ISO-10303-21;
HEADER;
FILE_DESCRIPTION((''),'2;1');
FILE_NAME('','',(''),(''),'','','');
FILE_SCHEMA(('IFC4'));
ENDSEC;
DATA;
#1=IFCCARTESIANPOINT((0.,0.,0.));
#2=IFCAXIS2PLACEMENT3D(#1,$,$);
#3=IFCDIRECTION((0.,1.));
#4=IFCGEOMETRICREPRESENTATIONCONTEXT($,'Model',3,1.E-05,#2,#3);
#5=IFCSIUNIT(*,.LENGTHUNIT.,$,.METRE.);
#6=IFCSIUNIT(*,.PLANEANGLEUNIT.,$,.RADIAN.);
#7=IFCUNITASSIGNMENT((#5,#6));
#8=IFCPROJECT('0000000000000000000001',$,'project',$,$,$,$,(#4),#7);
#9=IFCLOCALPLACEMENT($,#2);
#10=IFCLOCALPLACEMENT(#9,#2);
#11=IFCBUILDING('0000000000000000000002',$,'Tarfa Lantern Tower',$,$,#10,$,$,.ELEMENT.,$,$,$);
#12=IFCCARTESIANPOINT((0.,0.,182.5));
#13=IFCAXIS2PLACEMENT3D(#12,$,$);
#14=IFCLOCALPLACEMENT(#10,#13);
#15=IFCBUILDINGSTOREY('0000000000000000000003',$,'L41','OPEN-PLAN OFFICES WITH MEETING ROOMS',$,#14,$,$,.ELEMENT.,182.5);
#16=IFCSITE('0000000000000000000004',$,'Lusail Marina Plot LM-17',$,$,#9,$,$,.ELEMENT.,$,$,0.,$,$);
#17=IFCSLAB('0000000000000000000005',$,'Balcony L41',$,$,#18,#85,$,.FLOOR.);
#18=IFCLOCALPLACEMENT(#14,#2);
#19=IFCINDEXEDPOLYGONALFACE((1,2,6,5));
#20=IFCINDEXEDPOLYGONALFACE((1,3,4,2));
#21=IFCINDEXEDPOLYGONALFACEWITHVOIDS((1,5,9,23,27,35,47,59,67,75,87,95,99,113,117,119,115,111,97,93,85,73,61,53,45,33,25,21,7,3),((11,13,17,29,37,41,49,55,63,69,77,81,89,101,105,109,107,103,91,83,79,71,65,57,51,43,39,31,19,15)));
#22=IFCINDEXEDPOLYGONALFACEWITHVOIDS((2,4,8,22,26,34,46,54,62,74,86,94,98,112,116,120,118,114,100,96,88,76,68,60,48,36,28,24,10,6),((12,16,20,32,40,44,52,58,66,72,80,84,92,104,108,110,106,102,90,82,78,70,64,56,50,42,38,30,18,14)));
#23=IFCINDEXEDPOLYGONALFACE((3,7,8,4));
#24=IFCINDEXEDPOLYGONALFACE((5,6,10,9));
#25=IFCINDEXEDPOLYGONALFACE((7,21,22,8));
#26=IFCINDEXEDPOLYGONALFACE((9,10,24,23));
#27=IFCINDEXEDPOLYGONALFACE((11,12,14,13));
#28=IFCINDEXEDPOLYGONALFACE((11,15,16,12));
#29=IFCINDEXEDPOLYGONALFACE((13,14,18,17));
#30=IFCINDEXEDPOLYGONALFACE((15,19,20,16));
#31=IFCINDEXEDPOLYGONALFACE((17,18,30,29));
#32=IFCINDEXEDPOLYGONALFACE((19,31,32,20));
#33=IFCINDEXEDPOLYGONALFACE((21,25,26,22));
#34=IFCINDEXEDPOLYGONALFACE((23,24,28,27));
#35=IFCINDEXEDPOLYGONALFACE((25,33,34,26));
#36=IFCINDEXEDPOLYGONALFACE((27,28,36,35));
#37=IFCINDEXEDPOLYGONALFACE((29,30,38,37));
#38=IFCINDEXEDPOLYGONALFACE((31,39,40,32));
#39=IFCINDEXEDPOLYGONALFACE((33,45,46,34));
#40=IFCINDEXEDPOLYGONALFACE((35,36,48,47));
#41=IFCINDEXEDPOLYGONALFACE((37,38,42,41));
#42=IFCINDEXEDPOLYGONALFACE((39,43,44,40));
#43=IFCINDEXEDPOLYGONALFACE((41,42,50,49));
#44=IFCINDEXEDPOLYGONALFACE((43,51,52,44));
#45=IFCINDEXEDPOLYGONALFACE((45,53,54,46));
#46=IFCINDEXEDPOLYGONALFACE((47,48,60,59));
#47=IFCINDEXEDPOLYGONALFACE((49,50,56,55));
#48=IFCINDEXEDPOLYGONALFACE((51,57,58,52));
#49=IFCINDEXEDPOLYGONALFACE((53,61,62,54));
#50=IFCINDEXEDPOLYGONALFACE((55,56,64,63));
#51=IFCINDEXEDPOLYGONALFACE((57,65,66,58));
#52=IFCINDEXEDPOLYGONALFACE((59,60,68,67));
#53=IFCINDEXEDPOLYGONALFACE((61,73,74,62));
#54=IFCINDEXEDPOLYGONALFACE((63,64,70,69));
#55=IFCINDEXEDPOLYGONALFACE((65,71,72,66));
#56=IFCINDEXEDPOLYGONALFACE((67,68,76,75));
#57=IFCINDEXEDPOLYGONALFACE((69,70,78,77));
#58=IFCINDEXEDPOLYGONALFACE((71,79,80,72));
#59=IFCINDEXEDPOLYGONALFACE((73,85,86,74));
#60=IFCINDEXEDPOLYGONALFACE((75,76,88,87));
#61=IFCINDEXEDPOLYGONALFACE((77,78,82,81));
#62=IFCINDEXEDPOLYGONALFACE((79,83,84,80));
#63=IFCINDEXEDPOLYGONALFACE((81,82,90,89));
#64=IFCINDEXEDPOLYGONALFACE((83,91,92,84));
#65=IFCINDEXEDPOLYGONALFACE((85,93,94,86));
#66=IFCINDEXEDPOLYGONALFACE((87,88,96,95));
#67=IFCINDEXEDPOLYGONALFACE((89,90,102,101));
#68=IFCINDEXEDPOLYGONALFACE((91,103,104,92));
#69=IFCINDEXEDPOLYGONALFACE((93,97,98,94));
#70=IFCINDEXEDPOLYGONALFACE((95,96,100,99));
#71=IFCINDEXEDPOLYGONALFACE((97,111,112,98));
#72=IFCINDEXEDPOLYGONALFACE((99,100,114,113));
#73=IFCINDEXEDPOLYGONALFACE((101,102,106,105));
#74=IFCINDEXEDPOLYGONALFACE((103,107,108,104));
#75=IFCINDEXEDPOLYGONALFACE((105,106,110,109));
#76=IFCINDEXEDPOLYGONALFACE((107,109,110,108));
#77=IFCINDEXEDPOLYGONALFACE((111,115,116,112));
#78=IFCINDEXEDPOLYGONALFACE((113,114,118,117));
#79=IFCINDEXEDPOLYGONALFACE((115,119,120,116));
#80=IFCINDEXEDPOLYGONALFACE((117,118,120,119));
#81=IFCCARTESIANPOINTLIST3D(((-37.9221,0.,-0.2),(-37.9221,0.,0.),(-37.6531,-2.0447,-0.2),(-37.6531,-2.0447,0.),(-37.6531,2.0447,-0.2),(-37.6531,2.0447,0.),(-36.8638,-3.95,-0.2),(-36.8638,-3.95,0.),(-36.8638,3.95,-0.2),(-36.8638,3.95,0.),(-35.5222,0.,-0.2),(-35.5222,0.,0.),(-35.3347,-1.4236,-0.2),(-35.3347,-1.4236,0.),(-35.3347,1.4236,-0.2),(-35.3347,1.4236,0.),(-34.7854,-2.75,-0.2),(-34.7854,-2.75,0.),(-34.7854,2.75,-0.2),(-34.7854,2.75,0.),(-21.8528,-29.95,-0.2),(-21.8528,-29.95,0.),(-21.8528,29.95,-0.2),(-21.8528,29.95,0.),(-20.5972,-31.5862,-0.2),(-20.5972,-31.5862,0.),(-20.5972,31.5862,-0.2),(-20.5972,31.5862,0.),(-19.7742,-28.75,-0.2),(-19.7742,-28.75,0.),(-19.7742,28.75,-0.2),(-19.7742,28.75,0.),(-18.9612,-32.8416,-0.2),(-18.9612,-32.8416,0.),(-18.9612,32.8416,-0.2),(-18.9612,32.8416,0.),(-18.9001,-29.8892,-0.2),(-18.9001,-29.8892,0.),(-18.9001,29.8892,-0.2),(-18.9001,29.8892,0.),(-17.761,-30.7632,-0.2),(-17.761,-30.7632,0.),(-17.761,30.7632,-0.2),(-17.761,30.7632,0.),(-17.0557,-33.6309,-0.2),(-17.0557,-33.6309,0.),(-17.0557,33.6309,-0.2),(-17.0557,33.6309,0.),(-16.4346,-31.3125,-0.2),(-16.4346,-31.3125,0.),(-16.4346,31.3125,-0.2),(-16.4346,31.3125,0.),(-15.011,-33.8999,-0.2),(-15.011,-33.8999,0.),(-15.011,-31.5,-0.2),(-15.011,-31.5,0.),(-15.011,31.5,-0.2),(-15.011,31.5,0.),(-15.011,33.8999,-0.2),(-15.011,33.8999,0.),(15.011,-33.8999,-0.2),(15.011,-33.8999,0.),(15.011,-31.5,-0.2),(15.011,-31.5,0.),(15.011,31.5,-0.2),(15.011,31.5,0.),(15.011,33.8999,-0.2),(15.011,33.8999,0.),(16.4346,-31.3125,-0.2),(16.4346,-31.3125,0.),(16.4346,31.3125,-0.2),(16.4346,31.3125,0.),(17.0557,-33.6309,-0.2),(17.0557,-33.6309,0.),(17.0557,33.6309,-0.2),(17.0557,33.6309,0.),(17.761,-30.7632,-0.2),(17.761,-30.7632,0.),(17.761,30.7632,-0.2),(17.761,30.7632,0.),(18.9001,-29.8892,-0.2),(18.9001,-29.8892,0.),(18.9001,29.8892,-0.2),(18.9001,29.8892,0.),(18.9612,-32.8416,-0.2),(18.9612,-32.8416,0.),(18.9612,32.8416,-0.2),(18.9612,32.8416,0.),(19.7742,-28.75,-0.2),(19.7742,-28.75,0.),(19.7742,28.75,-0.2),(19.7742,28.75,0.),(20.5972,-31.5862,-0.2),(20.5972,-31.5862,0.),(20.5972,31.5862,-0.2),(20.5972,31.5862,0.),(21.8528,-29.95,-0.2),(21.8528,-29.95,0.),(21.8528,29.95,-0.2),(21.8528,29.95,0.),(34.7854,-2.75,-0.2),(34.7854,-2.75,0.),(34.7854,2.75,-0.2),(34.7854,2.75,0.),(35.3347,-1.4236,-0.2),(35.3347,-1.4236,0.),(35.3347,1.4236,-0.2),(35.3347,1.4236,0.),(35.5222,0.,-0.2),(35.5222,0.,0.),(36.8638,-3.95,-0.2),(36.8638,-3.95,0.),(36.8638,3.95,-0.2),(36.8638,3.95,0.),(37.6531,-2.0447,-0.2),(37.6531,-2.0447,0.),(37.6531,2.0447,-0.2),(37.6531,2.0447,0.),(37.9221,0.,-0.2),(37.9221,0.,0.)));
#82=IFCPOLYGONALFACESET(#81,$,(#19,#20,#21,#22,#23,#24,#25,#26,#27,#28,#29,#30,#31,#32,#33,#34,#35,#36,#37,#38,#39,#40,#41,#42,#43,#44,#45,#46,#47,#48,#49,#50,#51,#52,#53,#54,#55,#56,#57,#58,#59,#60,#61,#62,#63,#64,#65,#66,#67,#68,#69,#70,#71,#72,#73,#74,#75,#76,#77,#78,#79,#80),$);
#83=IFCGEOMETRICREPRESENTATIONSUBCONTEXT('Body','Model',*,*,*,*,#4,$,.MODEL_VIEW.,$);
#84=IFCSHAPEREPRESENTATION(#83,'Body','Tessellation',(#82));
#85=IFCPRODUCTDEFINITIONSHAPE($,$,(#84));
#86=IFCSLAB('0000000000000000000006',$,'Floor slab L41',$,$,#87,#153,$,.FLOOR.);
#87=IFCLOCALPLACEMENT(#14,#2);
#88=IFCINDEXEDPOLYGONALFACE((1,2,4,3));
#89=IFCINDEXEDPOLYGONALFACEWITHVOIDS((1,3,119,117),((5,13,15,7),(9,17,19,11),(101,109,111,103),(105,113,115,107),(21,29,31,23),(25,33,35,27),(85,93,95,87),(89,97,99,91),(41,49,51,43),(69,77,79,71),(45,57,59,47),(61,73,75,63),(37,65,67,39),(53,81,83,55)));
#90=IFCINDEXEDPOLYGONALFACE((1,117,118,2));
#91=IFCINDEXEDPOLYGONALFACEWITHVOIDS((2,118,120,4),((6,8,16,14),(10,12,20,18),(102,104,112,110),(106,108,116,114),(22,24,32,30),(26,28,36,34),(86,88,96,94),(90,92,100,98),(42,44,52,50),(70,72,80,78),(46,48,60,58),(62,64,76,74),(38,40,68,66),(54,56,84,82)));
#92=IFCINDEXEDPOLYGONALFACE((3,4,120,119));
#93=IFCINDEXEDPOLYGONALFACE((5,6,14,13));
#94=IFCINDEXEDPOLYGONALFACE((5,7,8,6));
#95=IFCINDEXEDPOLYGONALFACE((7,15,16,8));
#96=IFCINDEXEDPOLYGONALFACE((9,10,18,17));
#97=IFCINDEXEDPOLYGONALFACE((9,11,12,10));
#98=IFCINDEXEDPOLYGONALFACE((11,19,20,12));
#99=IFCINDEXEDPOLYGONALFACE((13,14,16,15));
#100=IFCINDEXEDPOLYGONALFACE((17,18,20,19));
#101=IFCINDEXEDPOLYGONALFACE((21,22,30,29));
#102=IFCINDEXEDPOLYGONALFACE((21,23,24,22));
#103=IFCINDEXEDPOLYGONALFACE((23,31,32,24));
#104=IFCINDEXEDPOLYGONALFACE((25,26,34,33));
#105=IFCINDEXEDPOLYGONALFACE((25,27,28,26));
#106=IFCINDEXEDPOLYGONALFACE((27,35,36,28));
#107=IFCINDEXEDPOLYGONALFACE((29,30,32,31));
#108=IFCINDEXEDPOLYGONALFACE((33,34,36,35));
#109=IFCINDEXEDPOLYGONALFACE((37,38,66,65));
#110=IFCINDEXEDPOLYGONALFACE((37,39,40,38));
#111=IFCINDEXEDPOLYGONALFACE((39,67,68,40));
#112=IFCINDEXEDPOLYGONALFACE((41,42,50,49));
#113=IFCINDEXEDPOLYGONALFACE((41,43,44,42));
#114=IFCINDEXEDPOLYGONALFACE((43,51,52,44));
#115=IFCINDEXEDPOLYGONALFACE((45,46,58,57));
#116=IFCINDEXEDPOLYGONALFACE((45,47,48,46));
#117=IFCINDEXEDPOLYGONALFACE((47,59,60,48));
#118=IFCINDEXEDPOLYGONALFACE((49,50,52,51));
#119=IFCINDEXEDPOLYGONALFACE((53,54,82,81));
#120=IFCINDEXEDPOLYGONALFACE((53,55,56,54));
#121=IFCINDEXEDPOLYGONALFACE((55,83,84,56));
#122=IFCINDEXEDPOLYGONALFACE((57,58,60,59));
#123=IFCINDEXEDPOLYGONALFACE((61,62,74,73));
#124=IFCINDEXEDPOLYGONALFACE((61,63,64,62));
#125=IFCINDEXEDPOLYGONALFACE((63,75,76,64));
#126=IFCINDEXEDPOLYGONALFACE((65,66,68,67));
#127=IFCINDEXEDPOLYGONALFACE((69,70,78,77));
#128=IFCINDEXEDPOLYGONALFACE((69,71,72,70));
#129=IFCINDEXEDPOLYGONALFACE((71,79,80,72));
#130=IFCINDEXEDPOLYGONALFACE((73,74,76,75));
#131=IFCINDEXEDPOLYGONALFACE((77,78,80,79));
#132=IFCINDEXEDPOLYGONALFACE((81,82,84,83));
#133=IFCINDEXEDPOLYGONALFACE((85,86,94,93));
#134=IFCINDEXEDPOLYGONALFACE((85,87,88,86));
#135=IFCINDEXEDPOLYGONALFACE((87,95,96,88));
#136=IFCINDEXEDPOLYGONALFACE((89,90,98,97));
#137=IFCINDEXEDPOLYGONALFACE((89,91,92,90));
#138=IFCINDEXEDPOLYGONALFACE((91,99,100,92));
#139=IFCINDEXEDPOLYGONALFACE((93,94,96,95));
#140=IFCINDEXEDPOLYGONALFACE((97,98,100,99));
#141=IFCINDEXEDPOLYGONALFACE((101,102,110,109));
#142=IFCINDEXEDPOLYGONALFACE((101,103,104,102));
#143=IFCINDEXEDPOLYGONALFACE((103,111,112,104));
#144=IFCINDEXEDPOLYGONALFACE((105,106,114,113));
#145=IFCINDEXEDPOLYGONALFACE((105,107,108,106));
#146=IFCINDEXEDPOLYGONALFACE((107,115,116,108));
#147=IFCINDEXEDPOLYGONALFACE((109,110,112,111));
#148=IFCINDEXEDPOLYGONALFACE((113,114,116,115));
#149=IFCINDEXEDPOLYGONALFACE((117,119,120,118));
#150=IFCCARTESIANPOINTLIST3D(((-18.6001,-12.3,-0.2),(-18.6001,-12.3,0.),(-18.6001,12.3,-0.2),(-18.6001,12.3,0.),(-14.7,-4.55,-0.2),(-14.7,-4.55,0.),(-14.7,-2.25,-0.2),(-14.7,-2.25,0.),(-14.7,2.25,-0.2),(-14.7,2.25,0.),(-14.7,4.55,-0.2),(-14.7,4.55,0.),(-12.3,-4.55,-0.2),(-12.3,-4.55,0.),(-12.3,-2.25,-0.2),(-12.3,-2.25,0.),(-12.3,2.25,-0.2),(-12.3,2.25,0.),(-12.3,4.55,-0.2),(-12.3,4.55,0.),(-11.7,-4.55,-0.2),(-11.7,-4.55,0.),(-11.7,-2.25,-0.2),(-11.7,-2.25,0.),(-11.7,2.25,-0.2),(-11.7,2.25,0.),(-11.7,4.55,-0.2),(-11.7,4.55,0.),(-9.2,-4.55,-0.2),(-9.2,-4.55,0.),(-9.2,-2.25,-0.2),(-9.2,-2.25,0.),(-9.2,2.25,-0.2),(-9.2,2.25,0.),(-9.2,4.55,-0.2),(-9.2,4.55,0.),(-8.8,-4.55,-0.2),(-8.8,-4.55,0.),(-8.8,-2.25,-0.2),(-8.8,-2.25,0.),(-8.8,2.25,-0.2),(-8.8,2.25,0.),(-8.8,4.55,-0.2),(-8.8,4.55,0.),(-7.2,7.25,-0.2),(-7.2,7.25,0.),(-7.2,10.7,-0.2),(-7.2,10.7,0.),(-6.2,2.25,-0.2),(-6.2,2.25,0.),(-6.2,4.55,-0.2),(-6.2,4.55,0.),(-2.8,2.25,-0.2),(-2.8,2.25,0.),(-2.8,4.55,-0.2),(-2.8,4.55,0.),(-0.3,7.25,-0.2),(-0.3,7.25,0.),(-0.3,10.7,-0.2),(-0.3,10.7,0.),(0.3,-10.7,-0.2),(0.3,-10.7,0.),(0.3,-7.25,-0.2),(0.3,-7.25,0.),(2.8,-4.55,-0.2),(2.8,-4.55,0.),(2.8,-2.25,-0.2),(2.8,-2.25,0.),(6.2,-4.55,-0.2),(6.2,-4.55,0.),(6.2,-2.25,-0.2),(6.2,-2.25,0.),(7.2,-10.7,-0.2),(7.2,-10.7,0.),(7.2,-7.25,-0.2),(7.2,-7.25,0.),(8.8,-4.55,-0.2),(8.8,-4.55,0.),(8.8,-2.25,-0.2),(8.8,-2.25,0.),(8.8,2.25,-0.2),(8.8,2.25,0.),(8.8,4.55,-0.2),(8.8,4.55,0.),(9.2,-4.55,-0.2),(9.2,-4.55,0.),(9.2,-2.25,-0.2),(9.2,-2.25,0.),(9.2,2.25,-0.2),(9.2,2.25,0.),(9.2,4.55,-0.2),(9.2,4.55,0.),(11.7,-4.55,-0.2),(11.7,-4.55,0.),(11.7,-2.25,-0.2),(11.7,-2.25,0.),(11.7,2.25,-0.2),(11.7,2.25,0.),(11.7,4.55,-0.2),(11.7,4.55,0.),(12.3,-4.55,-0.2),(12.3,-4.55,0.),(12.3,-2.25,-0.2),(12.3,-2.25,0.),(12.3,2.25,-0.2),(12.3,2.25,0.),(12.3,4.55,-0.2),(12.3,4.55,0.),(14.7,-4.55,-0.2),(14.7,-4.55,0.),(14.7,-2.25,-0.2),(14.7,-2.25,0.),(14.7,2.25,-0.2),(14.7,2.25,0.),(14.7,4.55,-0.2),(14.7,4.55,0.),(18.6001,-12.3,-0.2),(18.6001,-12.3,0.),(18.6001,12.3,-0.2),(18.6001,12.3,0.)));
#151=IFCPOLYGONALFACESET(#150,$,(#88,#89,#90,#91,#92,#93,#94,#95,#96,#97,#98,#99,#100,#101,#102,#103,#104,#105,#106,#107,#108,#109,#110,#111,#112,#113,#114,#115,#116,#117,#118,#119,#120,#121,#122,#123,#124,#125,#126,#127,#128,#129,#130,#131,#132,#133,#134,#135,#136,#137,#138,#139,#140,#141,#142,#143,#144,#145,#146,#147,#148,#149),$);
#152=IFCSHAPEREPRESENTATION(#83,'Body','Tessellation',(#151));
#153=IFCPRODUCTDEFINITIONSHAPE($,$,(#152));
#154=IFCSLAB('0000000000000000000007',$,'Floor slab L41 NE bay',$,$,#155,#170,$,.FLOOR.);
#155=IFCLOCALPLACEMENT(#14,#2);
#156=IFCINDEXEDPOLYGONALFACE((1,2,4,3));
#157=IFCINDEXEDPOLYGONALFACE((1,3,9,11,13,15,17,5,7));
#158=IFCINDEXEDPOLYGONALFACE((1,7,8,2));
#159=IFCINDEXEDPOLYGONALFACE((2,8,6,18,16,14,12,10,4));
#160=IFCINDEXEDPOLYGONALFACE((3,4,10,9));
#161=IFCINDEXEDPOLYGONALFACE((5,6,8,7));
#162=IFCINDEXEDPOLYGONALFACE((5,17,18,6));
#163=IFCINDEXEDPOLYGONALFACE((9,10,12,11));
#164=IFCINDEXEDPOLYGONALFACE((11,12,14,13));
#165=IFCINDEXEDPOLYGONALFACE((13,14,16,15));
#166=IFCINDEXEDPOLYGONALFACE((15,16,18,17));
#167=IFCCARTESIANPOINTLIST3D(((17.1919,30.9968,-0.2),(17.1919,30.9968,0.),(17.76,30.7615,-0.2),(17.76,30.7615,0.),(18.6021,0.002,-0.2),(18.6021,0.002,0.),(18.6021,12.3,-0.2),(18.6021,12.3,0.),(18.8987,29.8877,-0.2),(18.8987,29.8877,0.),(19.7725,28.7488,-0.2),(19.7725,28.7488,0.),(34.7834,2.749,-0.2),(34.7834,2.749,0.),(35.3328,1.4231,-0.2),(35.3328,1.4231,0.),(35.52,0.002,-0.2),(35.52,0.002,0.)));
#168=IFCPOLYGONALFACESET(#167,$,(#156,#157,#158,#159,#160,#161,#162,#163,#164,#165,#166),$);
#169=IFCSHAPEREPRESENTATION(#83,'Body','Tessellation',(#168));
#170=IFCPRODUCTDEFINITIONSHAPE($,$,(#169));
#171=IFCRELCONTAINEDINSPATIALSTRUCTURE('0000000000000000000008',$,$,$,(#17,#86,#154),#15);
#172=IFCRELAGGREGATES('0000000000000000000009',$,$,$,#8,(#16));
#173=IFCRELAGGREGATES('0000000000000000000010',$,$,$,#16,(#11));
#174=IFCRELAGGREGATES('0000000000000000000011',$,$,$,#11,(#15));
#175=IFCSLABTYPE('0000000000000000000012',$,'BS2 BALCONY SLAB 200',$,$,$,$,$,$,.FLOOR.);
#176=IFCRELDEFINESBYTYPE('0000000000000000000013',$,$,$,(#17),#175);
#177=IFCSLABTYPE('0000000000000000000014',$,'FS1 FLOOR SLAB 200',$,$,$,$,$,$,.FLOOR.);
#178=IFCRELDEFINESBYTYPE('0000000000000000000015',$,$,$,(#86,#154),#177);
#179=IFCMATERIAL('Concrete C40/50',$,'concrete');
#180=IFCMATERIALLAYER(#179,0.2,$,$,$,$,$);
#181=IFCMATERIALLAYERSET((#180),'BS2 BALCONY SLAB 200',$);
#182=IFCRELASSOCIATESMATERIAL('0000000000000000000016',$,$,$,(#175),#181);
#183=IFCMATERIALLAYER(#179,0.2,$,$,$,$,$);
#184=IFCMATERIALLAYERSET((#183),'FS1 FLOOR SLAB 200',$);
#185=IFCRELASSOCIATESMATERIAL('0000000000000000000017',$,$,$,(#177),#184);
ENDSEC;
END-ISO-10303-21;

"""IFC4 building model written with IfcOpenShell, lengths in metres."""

from ifc_helpers import new_model, si_unit, direction, frame, origin, place, context, subcontext, project, spatial, polyline, outline, extrude, material, layer, layer_set, type_object, element, save


model = new_model("IFC4")

# Units and contexts
model_context = context("Model", 3, precision=1e-05, world=origin(), true_north=direction((0.0, 1.0)))
body_context = subcontext(model_context, "Body", "Model", "MODEL_VIEW")
ifc_project = project(units=[si_unit("LENGTHUNIT", "METRE"), si_unit("PLANEANGLEUNIT", "RADIAN")], contexts=[model_context])

# Site, building, storey
site_placement = place(None, origin())
site = spatial("IfcSite", under=ifc_project, at=site_placement, Name="Lusail Marina Plot LM-17", CompositionType="ELEMENT", RefElevation=0.0)
building_placement = place(site_placement, origin())
building = spatial("IfcBuilding", under=site, at=building_placement, Name="Tarfa Lantern Tower", CompositionType="ELEMENT")
storey_placement = place(building_placement, frame((0.0, 0.0, 182.5)))
storey = spatial("IfcBuildingStorey", under=building, at=storey_placement, Name="L41", Description="OPEN-PLAN OFFICES WITH MEETING ROOMS", CompositionType="ELEMENT", Elevation=182.5)

# Slabs
ifc_material_1 = material(Name="Concrete C40/50", Category="concrete")
ifc_layer_1 = layer(ifc_material_1, 0.2)
ifc_layer_set_1 = layer_set([ifc_layer_1], Name="BS2 BALCONY SLAB 200")
slab_type_1 = type_object("IfcSlabType", Name="BS2 BALCONY SLAB 200", PredefinedType="FLOOR", material=ifc_layer_set_1)
slab_1_placement = place(storey_placement, frame((0.0, 0.0, -0.2)))
element("IfcSlab", 1, at=slab_1_placement, inside=storey, type_object=slab_type_1, Name="Balcony L41", PredefinedType="FLOOR", context=body_context, shape_type="SweptSolid", body=[
    extrude(outline(polyline([(36.8638, 3.95), (21.8528, 29.95), (20.5972, 31.5862), (18.9612, 32.8416), (17.0557, 33.6309), (15.011, 33.8999), (-15.011, 33.8999), (-17.0557, 33.6309), (-18.9612, 32.8416), (-20.5972, 31.5862), (-21.8528, 29.95), (-36.8638, 3.95), (-37.6531, 2.0447), (-37.9221, 0.0), (-37.6531, -2.0447), (-36.8638, -3.95), (-21.8528, -29.95), (-20.5972, -31.5862), (-18.9612, -32.8416), (-17.0557, -33.6309), (-15.011, -33.8999), (15.011, -33.8999), (17.0557, -33.6309), (18.9612, -32.8416), (20.5972, -31.5862), (21.8528, -29.95), (36.8638, -3.95), (37.6531, -2.0447), (37.9221, 0.0), (37.6531, 2.0447), (36.8638, 3.95)]), holes=[polyline([(34.7854, 2.75), (19.7742, 28.75), (18.9001, 29.8892), (17.761, 30.7632), (16.4346, 31.3125), (15.011, 31.5), (-15.011, 31.5), (-16.4346, 31.3125), (-17.761, 30.7632), (-18.9001, 29.8892), (-19.7742, 28.75), (-34.7854, 2.75), (-35.3347, 1.4236), (-35.5222, 0.0), (-35.3347, -1.4236), (-34.7854, -2.75), (-19.7742, -28.75), (-18.9001, -29.8892), (-17.761, -30.7632), (-16.4346, -31.3125), (-15.011, -31.5), (15.011, -31.5), (16.4346, -31.3125), (17.761, -30.7632), (18.9001, -29.8892), (19.7742, -28.75), (34.7854, -2.75), (35.3347, -1.4236), (35.5222, 0.0), (35.3347, 1.4236), (34.7854, 2.75)])]), origin(), (0.0, 0.0, 1.0), 0.2),
])
ifc_layer_2 = layer(ifc_material_1, 0.2)
ifc_layer_set_2 = layer_set([ifc_layer_2], Name="FS1 FLOOR SLAB 200")
slab_type_2 = type_object("IfcSlabType", Name="FS1 FLOOR SLAB 200", PredefinedType="FLOOR", material=ifc_layer_set_2)
slab_2_placement = place(storey_placement, frame((0.0, 0.0, -0.2)))
element("IfcSlab", 2, at=slab_2_placement, inside=storey, type_object=slab_type_2, Name="Floor slab L41", PredefinedType="FLOOR", context=body_context, shape_type="SweptSolid", body=[
    extrude(outline(polyline([(-18.6001, -12.3), (18.6001, -12.3), (18.6001, 12.3), (-18.6001, 12.3), (-18.6001, -12.3)]), holes=[polyline([(-14.7, 2.25), (-12.3, 2.25), (-12.3, 4.55), (-14.7, 4.55), (-14.7, 2.25)]), polyline([(-11.7, 2.25), (-9.2, 2.25), (-9.2, 4.55), (-11.7, 4.55), (-11.7, 2.25)]), polyline([(-8.8, 2.25), (-6.2, 2.25), (-6.2, 4.55), (-8.8, 4.55), (-8.8, 2.25)]), polyline([(-2.8, 2.25), (8.8, 2.25), (8.8, 4.55), (-2.8, 4.55), (-2.8, 2.25)]), polyline([(9.2, 2.25), (11.7, 2.25), (11.7, 4.55), (9.2, 4.55), (9.2, 2.25)]), polyline([(12.3, 2.25), (14.7, 2.25), (14.7, 4.55), (12.3, 4.55), (12.3, 2.25)]), polyline([(14.7, -2.25), (12.3, -2.25), (12.3, -4.55), (14.7, -4.55), (14.7, -2.25)]), polyline([(11.7, -2.25), (9.2, -2.25), (9.2, -4.55), (11.7, -4.55), (11.7, -2.25)]), polyline([(8.8, -2.25), (6.2, -2.25), (6.2, -4.55), (8.8, -4.55), (8.8, -2.25)]), polyline([(2.8, -2.25), (-8.8, -2.25), (-8.8, -4.55), (2.8, -4.55), (2.8, -2.25)]), polyline([(-9.2, -2.25), (-11.7, -2.25), (-11.7, -4.55), (-9.2, -4.55), (-9.2, -2.25)]), polyline([(-12.3, -2.25), (-14.7, -2.25), (-14.7, -4.55), (-12.3, -4.55), (-12.3, -2.25)]), polyline([(-7.2, 7.25), (-0.3, 7.25), (-0.3, 10.7), (-7.2, 10.7), (-7.2, 7.25)]), polyline([(7.2, -7.25), (0.3, -7.25), (0.3, -10.7), (7.2, -10.7), (7.2, -7.25)])]), origin(), (0.0, 0.0, 1.0), 0.2),
])
slab_3_placement = place(storey_placement, frame((0.0, 0.0, -0.2)))
element("IfcSlab", 3, at=slab_3_placement, inside=storey, type_object=slab_type_2, Name="Floor slab L41 NE bay", PredefinedType="FLOOR", context=body_context, shape_type="SweptSolid", body=[
    extrude(outline(polyline([(34.7834, 2.749), (19.7725, 28.7488), (18.8987, 29.8877), (17.76, 30.7615), (17.1919, 30.9968), (18.6021, 12.3), (18.6021, 0.002), (35.52, 0.002), (35.3328, 1.4231), (34.7834, 2.749)])), origin(), (0.0, 0.0, 1.0), 0.2),
])

save(model, "model.ifc")
